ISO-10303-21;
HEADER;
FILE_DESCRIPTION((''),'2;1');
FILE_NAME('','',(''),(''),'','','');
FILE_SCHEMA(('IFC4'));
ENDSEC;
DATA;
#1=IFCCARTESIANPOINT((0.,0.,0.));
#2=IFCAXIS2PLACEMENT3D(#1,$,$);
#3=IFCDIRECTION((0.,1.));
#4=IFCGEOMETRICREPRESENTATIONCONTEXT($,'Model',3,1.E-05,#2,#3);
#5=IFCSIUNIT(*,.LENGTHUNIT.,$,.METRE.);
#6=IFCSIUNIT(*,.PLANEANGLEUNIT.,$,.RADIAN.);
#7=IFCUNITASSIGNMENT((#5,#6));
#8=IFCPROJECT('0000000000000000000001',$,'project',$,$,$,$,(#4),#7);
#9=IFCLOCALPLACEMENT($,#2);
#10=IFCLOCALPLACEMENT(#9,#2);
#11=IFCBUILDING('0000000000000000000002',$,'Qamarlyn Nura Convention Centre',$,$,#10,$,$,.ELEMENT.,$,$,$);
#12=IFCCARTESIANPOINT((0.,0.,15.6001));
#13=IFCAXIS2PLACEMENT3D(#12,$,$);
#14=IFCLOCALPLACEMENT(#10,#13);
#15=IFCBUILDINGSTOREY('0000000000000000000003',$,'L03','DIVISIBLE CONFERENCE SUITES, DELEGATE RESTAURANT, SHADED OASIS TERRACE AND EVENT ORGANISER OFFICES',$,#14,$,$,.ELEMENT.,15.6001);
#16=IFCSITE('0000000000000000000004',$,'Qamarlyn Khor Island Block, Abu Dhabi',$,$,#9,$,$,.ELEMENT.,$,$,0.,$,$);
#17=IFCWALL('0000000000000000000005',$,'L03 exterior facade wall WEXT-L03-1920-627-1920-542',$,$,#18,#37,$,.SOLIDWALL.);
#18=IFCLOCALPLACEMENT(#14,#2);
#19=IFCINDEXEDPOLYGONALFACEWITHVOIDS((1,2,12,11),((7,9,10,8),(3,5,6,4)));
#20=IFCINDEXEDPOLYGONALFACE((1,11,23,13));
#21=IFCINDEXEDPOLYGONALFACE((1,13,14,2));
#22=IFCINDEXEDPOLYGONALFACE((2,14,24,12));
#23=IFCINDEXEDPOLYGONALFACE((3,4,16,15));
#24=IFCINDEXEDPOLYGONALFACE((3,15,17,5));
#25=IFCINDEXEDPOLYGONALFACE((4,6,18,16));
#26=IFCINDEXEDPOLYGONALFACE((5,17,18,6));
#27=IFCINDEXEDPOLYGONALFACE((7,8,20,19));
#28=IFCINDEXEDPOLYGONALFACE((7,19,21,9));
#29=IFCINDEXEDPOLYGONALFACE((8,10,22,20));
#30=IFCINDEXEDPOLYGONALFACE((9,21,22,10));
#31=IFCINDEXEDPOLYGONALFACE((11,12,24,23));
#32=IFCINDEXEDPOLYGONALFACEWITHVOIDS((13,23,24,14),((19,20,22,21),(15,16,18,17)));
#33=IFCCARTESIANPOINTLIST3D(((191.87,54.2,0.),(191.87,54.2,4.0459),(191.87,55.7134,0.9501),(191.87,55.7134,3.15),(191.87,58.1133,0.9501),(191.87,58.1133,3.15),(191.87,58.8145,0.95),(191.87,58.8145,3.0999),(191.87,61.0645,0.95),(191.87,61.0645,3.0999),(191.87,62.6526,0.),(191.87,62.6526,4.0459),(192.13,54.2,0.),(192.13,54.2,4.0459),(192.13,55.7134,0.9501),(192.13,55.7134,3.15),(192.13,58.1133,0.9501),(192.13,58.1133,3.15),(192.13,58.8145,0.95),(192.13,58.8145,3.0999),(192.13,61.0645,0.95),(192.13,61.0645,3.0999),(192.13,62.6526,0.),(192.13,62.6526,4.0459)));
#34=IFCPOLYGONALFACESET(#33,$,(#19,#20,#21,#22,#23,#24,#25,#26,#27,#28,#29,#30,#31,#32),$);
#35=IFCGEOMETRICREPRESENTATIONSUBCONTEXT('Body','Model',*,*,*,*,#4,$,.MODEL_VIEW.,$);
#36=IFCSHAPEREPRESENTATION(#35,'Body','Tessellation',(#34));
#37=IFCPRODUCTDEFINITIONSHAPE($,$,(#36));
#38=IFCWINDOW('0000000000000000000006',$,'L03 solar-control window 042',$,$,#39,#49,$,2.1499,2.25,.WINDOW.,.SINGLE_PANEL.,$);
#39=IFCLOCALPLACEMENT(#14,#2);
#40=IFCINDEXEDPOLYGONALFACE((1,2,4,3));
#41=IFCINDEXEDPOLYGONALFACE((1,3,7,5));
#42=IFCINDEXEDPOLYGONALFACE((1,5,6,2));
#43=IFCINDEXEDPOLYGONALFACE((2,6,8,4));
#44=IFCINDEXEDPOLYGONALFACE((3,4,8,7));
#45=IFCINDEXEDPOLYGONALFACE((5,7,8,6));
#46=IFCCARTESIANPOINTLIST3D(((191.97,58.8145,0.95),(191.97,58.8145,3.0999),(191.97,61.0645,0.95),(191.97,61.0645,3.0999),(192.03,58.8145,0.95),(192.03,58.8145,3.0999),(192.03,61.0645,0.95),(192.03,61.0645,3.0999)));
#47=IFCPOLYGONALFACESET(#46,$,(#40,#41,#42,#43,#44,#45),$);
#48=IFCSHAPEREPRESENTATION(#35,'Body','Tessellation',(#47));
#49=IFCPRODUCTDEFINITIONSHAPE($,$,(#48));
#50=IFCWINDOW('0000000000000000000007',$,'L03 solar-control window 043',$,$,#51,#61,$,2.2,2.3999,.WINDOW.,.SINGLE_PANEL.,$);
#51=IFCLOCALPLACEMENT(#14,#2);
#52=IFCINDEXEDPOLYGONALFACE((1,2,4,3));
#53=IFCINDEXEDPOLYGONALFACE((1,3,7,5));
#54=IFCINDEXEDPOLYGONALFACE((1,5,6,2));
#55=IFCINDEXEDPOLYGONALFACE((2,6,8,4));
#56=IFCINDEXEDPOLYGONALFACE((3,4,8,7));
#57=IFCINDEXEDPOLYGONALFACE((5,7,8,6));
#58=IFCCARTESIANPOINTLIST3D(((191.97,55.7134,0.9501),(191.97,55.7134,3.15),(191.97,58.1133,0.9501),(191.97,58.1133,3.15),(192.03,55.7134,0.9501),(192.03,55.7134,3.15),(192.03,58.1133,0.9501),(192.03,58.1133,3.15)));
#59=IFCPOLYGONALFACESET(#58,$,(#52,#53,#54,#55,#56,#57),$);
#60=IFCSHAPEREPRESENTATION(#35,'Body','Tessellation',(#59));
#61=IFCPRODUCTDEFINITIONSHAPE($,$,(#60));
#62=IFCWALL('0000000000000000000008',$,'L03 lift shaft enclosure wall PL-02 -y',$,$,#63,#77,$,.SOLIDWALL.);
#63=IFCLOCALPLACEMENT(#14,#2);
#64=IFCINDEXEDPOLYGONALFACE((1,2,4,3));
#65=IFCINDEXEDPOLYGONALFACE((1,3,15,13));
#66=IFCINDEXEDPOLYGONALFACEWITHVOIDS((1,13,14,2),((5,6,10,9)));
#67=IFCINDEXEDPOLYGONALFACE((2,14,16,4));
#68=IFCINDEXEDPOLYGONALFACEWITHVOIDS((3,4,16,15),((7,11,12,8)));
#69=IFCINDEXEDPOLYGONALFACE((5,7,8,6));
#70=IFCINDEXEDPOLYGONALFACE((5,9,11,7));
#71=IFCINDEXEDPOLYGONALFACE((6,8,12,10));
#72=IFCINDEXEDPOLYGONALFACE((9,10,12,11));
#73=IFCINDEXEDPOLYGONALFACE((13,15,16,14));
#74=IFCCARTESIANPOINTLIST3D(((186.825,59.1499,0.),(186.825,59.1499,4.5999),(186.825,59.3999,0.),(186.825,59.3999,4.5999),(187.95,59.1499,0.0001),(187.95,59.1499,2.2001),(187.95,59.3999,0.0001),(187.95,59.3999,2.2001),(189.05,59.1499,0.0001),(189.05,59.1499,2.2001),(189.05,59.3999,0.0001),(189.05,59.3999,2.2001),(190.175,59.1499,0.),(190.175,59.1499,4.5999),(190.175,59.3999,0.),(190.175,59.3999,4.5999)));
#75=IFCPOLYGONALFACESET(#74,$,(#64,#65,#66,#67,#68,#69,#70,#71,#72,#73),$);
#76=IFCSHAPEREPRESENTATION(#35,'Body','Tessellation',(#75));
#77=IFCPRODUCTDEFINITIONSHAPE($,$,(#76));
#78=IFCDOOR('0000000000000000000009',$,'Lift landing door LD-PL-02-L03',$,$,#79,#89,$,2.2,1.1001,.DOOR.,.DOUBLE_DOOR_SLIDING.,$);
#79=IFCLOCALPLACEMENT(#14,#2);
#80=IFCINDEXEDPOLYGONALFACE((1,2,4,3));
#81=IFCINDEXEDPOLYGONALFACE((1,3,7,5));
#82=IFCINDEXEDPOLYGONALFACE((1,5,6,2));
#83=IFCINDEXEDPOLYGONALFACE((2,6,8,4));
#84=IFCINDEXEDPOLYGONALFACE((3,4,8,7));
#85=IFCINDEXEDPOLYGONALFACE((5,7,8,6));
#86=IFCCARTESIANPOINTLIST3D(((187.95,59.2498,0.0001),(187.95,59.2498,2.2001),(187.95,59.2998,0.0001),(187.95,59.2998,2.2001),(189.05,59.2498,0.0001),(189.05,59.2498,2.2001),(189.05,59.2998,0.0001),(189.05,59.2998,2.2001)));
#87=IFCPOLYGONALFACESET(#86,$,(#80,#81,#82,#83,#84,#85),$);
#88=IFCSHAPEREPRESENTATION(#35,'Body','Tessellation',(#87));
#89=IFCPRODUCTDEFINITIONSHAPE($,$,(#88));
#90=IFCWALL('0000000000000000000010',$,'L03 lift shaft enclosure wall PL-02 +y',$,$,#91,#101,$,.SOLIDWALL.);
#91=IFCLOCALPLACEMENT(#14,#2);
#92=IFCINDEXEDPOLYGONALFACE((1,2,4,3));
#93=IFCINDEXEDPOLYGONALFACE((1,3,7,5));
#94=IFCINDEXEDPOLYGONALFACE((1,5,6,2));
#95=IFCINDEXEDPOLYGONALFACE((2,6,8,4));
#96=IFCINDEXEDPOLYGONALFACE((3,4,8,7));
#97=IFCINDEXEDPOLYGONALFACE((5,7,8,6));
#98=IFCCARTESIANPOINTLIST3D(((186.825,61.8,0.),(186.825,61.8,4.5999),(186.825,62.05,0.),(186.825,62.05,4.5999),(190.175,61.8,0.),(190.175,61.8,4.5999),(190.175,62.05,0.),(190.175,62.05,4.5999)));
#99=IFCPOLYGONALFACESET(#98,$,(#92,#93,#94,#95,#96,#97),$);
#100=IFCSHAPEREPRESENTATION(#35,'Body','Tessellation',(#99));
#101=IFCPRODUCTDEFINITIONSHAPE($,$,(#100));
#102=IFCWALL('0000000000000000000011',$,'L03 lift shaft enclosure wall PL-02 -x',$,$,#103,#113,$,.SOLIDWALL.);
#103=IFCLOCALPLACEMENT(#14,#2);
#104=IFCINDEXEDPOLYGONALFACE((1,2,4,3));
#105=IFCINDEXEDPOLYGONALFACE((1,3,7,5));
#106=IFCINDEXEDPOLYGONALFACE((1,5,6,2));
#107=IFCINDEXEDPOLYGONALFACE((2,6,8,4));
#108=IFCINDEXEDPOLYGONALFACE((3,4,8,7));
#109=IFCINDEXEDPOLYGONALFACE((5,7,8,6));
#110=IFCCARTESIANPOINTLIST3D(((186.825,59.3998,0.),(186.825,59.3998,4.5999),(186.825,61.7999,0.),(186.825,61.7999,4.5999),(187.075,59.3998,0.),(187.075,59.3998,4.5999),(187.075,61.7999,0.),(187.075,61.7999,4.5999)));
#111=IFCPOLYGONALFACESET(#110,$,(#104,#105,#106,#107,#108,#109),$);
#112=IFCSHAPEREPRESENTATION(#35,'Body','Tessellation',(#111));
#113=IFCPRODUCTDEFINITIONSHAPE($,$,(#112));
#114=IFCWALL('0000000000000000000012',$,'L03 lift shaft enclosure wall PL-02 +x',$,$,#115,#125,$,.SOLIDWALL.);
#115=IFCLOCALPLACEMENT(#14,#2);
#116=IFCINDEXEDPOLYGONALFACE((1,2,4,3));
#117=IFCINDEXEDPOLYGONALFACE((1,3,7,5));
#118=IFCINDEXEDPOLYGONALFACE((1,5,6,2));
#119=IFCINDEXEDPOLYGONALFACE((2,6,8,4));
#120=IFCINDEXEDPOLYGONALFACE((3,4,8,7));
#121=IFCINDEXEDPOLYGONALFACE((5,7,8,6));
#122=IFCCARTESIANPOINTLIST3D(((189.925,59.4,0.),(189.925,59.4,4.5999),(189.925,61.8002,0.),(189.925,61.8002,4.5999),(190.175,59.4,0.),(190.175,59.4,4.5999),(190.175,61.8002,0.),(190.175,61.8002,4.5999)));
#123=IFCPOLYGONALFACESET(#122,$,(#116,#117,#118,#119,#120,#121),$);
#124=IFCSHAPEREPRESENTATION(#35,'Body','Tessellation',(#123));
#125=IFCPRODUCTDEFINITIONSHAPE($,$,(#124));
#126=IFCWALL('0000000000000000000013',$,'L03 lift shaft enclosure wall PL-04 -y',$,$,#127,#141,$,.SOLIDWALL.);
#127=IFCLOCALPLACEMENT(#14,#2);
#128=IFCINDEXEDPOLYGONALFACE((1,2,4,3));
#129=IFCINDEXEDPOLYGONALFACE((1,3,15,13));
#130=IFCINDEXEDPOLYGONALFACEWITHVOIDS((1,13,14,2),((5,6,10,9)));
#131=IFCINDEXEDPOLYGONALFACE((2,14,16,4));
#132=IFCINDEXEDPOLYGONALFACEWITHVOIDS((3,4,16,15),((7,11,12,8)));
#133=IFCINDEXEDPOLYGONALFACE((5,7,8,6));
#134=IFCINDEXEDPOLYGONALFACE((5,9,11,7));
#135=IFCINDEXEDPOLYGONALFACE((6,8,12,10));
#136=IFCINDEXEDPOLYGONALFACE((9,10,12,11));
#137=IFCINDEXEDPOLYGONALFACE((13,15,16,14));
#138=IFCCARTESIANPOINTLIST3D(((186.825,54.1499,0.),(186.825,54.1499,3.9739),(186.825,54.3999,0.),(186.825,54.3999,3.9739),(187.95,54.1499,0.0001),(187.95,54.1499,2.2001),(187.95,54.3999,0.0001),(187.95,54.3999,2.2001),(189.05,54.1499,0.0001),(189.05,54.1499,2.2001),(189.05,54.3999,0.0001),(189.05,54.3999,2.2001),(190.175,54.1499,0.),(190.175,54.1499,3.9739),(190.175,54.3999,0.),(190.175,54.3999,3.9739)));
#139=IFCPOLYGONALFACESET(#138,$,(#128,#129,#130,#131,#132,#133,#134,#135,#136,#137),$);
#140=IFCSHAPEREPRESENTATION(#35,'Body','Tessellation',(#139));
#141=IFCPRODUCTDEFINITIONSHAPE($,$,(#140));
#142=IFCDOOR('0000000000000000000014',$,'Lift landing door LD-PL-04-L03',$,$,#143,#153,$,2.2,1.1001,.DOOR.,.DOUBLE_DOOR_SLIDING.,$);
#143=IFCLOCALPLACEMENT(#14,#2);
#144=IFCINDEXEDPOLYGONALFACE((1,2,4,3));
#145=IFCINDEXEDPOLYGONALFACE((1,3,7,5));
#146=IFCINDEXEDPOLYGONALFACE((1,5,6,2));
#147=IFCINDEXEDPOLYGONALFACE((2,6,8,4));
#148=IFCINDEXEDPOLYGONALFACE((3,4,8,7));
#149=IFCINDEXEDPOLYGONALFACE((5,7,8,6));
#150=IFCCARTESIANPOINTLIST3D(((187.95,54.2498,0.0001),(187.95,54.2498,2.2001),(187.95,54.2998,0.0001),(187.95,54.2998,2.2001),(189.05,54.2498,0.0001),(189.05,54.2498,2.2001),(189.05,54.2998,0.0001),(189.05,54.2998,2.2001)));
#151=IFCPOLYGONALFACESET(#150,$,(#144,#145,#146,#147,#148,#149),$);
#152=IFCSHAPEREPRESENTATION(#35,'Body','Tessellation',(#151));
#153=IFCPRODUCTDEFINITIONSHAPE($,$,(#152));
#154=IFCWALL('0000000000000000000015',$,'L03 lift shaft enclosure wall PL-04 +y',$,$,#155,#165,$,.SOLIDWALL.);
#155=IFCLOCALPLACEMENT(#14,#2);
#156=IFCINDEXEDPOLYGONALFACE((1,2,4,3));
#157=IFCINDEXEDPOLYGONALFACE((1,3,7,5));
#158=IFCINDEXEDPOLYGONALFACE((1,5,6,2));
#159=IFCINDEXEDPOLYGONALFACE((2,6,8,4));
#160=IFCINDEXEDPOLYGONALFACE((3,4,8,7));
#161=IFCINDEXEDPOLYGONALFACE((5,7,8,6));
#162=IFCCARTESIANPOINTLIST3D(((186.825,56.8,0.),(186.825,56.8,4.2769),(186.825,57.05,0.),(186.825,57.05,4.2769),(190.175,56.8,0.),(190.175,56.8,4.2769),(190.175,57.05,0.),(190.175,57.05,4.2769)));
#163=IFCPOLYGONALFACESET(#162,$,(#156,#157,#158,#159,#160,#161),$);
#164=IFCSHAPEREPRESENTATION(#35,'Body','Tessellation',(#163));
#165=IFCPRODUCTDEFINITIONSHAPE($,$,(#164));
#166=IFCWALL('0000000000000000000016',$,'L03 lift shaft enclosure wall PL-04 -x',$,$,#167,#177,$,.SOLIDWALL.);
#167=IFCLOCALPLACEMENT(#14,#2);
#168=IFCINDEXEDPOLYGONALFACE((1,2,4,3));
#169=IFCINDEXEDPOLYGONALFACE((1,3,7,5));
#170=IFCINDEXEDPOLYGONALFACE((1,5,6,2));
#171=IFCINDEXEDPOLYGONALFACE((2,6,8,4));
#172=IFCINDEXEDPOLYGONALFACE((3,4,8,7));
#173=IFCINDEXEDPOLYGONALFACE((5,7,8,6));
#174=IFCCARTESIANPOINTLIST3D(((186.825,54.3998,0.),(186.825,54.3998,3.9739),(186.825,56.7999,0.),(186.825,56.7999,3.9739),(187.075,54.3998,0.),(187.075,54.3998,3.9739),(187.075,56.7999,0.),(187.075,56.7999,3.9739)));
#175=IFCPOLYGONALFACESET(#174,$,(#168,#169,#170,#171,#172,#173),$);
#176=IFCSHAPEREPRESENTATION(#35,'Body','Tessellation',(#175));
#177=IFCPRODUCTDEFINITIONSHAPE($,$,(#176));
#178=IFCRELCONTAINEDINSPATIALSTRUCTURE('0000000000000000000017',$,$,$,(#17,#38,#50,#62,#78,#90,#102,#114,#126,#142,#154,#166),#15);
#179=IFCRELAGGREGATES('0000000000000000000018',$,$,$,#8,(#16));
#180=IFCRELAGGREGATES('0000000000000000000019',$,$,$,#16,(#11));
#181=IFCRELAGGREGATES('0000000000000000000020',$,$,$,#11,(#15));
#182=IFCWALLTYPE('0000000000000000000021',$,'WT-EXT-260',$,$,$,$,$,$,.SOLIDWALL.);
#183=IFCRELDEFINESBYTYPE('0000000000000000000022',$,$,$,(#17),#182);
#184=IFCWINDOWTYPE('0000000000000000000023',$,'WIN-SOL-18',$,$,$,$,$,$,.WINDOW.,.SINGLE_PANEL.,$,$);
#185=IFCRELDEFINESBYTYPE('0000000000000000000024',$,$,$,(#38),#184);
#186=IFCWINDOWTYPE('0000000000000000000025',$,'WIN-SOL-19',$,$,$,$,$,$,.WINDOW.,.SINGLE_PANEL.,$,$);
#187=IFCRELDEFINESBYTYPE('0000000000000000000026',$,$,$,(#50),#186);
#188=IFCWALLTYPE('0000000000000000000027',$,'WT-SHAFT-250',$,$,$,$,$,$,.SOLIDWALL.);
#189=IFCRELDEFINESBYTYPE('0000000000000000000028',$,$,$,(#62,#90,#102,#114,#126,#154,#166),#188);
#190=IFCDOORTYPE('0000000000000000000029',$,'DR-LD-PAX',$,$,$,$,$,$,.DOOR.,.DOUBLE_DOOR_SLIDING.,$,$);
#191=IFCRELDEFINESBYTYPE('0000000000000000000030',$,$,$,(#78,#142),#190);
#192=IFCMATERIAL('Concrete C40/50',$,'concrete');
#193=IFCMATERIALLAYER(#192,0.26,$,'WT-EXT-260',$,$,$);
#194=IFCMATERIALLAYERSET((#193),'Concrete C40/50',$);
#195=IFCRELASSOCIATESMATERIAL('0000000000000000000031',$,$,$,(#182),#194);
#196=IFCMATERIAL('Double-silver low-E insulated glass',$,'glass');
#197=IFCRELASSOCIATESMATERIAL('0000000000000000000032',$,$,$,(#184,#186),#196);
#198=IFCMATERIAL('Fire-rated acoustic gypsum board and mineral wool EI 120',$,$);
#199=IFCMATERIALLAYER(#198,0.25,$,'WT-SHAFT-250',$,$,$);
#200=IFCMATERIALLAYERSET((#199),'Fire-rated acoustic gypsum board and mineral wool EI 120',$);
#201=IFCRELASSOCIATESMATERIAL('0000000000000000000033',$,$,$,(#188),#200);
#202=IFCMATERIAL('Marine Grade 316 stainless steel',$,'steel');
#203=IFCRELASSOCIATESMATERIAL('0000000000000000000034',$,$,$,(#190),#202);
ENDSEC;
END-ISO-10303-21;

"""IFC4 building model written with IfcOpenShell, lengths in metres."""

from ifc_helpers import new_model, si_unit, direction, frame, frame_2d, origin, place, context, subcontext, project, spatial, rectangle, extrude, material, layer, layer_set, type_object, element, fill, save


model = new_model("IFC4")

# Units and contexts
model_context = context("Model", 3, precision=1e-05, world=origin(), true_north=direction((0.0, 1.0)))
body_context = subcontext(model_context, "Body", "Model", "MODEL_VIEW")
ifc_project = project(units=[si_unit("LENGTHUNIT", "METRE"), si_unit("PLANEANGLEUNIT", "RADIAN")], contexts=[model_context])

# Site, building, storey
site_placement = place(None, origin())
site = spatial("IfcSite", under=ifc_project, at=site_placement, Name="Qamarlyn Khor Island Block, Abu Dhabi", CompositionType="ELEMENT", RefElevation=0.0)
building_placement = place(site_placement, origin())
building = spatial("IfcBuilding", under=site, at=building_placement, Name="Qamarlyn Nura Convention Centre", CompositionType="ELEMENT")
storey_placement = place(building_placement, frame((0.0, 0.0, 15.6001)))
storey = spatial("IfcBuildingStorey", under=building, at=storey_placement, Name="L03", Description="DIVISIBLE CONFERENCE SUITES, DELEGATE RESTAURANT, SHADED OASIS TERRACE AND EVENT ORGANISER OFFICES", CompositionType="ELEMENT", Elevation=15.6001)

# Shared definitions
ifc_material_1 = material(Name="Double-silver low-E insulated glass", Category="glass")

# Wall, openings, windows
ifc_material_2 = material(Name="Concrete C40/50", Category="concrete")
ifc_layer_1 = layer(ifc_material_2, 0.26, Name="WT-EXT-260")
ifc_layer_set_1 = layer_set([ifc_layer_1], Name="Concrete C40/50")
wall_type_1 = type_object("IfcWallType", Name="WT-EXT-260", PredefinedType="SOLIDWALL", material=ifc_layer_set_1)
wall_1_placement = place(storey_placement, frame((192.0, 62.6526, 0.0), z_axis=(0.0, 0.0, 1.0), x_axis=(0.0, -1.0, 0.0)))
wall_1 = element("IfcWall", 1, at=wall_1_placement, inside=storey, type_object=wall_type_1, Name="L03 exterior facade wall WEXT-L03-1920-627-1920-542", PredefinedType="SOLIDWALL", context=body_context, shape_type="SweptSolid", body=[
    extrude(rectangle(XDim=8.4526, YDim=0.26, at=frame_2d((4.2263, 0.0))), origin(), (0.0, 0.0, 1.0), 4.0459),
])
opening_1_placement = place(wall_1_placement, frame((1.5881, 0.0, 0.95)))
opening_1 = element("IfcOpeningElement", 2, at=opening_1_placement, cuts=wall_1, PredefinedType="OPENING", context=body_context, shape_type="SweptSolid", body=[
    extrude(rectangle(XDim=2.25, YDim=2.1499, at=frame_2d((1.125, 1.075))), frame((0.0, 0.1401, 0.0), z_axis=(0.0, -1.0, 0.0), x_axis=(1.0, 0.0, 0.0)), (0.0, 0.0, 1.0), 0.28),
])
opening_2_placement = place(wall_1_placement, frame((4.5393, 0.0, 0.95)))
opening_2 = element("IfcOpeningElement", 3, at=opening_2_placement, cuts=wall_1, PredefinedType="OPENING", context=body_context, shape_type="SweptSolid", body=[
    extrude(rectangle(XDim=2.3999, YDim=2.2, at=frame_2d((1.2, 1.1001))), frame((0.0, 0.1401, 0.0), z_axis=(0.0, -1.0, 0.0), x_axis=(1.0, 0.0, 0.0)), (0.0, 0.0, 1.0), 0.28),
])
window_type_1 = type_object("IfcWindowType", Name="WIN-SOL-18", PartitioningType="SINGLE_PANEL", PredefinedType="WINDOW", material=ifc_material_1)
window_1_placement = place(opening_1_placement, origin())
window_1 = element("IfcWindow", 4, at=window_1_placement, inside=storey, type_object=window_type_1, Name="L03 solar-control window 042", OverallHeight=2.1499, OverallWidth=2.25, PartitioningType="SINGLE_PANEL", PredefinedType="WINDOW", context=body_context, shape_type="SweptSolid", body=[
    extrude(rectangle(XDim=2.25, YDim=2.1499, at=frame_2d((1.125, 1.075))), frame((0.0, 0.03, 0.0), z_axis=(0.0, -1.0, 0.0), x_axis=(1.0, 0.0, 0.0)), (0.0, 0.0, 1.0), 0.0601),
])
fill(opening_1, window_1)
window_type_2 = type_object("IfcWindowType", Name="WIN-SOL-19", PartitioningType="SINGLE_PANEL", PredefinedType="WINDOW", material=ifc_material_1)
window_2_placement = place(opening_2_placement, origin())
window_2 = element("IfcWindow", 5, at=window_2_placement, inside=storey, type_object=window_type_2, Name="L03 solar-control window 043", OverallHeight=2.2, OverallWidth=2.3999, PartitioningType="SINGLE_PANEL", PredefinedType="WINDOW", context=body_context, shape_type="SweptSolid", body=[
    extrude(rectangle(XDim=2.3999, YDim=2.2, at=frame_2d((1.2, 1.1001))), frame((0.0, 0.03, 0.0), z_axis=(0.0, -1.0, 0.0), x_axis=(1.0, 0.0, 0.0)), (0.0, 0.0, 1.0), 0.0601),
])
fill(opening_2, window_2)

# Wall, opening, door
ifc_material_3 = material(Name="Fire-rated acoustic gypsum board and mineral wool EI 120")
ifc_layer_2 = layer(ifc_material_3, 0.25, Name="WT-SHAFT-250")
ifc_layer_set_2 = layer_set([ifc_layer_2], Name="Fire-rated acoustic gypsum board and mineral wool EI 120")
wall_type_2 = type_object("IfcWallType", Name="WT-SHAFT-250", PredefinedType="SOLIDWALL", material=ifc_layer_set_2)
wall_2_placement = place(storey_placement, frame((186.825, 59.2749, 0.0), z_axis=(0.0, 0.0, 1.0), x_axis=(1.0, 0.0, 0.0)))
wall_2 = element("IfcWall", 6, at=wall_2_placement, inside=storey, type_object=wall_type_2, Name="L03 lift shaft enclosure wall PL-02 -y", PredefinedType="SOLIDWALL", context=body_context, shape_type="SweptSolid", body=[
    extrude(rectangle(XDim=3.3501, YDim=0.25, at=frame_2d((1.675, 0.0))), origin(), (0.0, 0.0, 1.0), 4.5999),
])
opening_3_placement = place(wall_2_placement, frame((1.125, 0.0, 0.0)))
opening_3 = element("IfcOpeningElement", 7, at=opening_3_placement, cuts=wall_2, PredefinedType="OPENING", context=body_context, shape_type="SweptSolid", body=[
    extrude(rectangle(XDim=1.1001, YDim=2.2, at=frame_2d((0.55, 1.1001))), frame((0.0, 0.135, 0.0), z_axis=(0.0, -1.0, 0.0), x_axis=(1.0, 0.0, 0.0)), (0.0, 0.0, 1.0), 0.27),
])
ifc_material_4 = material(Name="Marine Grade 316 stainless steel", Category="steel")
door_type = type_object("IfcDoorType", Name="DR-LD-PAX", OperationType="DOUBLE_DOOR_SLIDING", PredefinedType="DOOR", material=ifc_material_4)
door_1_placement = place(opening_3_placement, origin())
door_1 = element("IfcDoor", 8, at=door_1_placement, inside=storey, type_object=door_type, Name="Lift landing door LD-PL-02-L03", OperationType="DOUBLE_DOOR_SLIDING", OverallHeight=2.2, OverallWidth=1.1001, PredefinedType="DOOR", context=body_context, shape_type="SweptSolid", body=[
    extrude(rectangle(XDim=1.1001, YDim=2.2, at=frame_2d((0.55, 1.1001))), frame((0.0, 0.0249, 0.0), z_axis=(0.0, -1.0, 0.0), x_axis=(1.0, 0.0, 0.0)), (0.0, 0.0, 1.0), 0.05),
])
fill(opening_3, door_1)

# Walls
wall_3_placement = place(storey_placement, frame((190.175, 61.925, 0.0), z_axis=(0.0, 0.0, 1.0), x_axis=(-1.0, 0.0, 0.0)))
element("IfcWall", 9, at=wall_3_placement, inside=storey, type_object=wall_type_2, Name="L03 lift shaft enclosure wall PL-02 +y", PredefinedType="SOLIDWALL", context=body_context, shape_type="SweptSolid", body=[
    extrude(rectangle(XDim=3.3501, YDim=0.25, at=frame_2d((1.675, 0.0))), origin(), (0.0, 0.0, 1.0), 4.5999),
])
for number, where, z_axis, x_axis, name in (
    (10, (186.95, 61.8, 0.0), (0.0, 0.0, 1.0), (0.0, -1.0, 0.0), "L03 lift shaft enclosure wall PL-02 -x"),
    (11, (190.05, 59.3999, 0.0), (0.0, 0.0, 1.0), (0.0, 1.0, 0.0), "L03 lift shaft enclosure wall PL-02 +x"),
):
    element("IfcWall", number, at=place(storey_placement, frame(where, z_axis=z_axis, x_axis=x_axis)), inside=storey, type_object=wall_type_2, Name=name, PredefinedType="SOLIDWALL", context=body_context, shape_type="SweptSolid", body=[
        extrude(rectangle(XDim=2.4001, YDim=0.25, at=frame_2d((1.2002, 0.0))), origin(), (0.0, 0.0, 1.0), 4.5999),
    ])

# Wall, opening, door
wall_4_placement = place(storey_placement, frame((186.825, 54.2749, 0.0), z_axis=(0.0, 0.0, 1.0), x_axis=(1.0, 0.0, 0.0)))
wall_4 = element("IfcWall", 12, at=wall_4_placement, inside=storey, type_object=wall_type_2, Name="L03 lift shaft enclosure wall PL-04 -y", PredefinedType="SOLIDWALL", context=body_context, shape_type="SweptSolid", body=[
    extrude(rectangle(XDim=3.3501, YDim=0.25, at=frame_2d((1.675, 0.0))), origin(), (0.0, 0.0, 1.0), 3.9739),
])
opening_4_placement = place(wall_4_placement, frame((1.125, 0.0, 0.0)))
opening_4 = element("IfcOpeningElement", 13, at=opening_4_placement, cuts=wall_4, PredefinedType="OPENING", context=body_context, shape_type="SweptSolid", body=[
    extrude(rectangle(XDim=1.1001, YDim=2.2, at=frame_2d((0.55, 1.1001))), frame((0.0, 0.135, 0.0), z_axis=(0.0, -1.0, 0.0), x_axis=(1.0, 0.0, 0.0)), (0.0, 0.0, 1.0), 0.27),
])
door_2_placement = place(opening_4_placement, origin())
door_2 = element("IfcDoor", 14, at=door_2_placement, inside=storey, type_object=door_type, Name="Lift landing door LD-PL-04-L03", OperationType="DOUBLE_DOOR_SLIDING", OverallHeight=2.2, OverallWidth=1.1001, PredefinedType="DOOR", context=body_context, shape_type="SweptSolid", body=[
    extrude(rectangle(XDim=1.1001, YDim=2.2, at=frame_2d((0.55, 1.1001))), frame((0.0, 0.0249, 0.0), z_axis=(0.0, -1.0, 0.0), x_axis=(1.0, 0.0, 0.0)), (0.0, 0.0, 1.0), 0.05),
])
fill(opening_4, door_2)

# Walls
wall_5_placement = place(storey_placement, frame((190.175, 56.925, 0.0), z_axis=(0.0, 0.0, 1.0), x_axis=(-1.0, 0.0, 0.0)))
element("IfcWall", 15, at=wall_5_placement, inside=storey, type_object=wall_type_2, Name="L03 lift shaft enclosure wall PL-04 +y", PredefinedType="SOLIDWALL", context=body_context, shape_type="SweptSolid", body=[
    extrude(rectangle(XDim=3.3501, YDim=0.25, at=frame_2d((1.675, 0.0))), origin(), (0.0, 0.0, 1.0), 4.2769),
])
for number, where, z_axis, x_axis, name in (
    (16, (186.95, 56.8, 0.0), (0.0, 0.0, 1.0), (0.0, -1.0, 0.0), "L03 lift shaft enclosure wall PL-04 -x"),
):
    element("IfcWall", number, at=place(storey_placement, frame(where, z_axis=z_axis, x_axis=x_axis)), inside=storey, type_object=wall_type_2, Name=name, PredefinedType="SOLIDWALL", context=body_context, shape_type="SweptSolid", body=[
        extrude(rectangle(XDim=2.4001, YDim=0.25, at=frame_2d((1.2002, 0.0))), origin(), (0.0, 0.0, 1.0), 3.9739),
    ])

save(model, "model.ifc")
